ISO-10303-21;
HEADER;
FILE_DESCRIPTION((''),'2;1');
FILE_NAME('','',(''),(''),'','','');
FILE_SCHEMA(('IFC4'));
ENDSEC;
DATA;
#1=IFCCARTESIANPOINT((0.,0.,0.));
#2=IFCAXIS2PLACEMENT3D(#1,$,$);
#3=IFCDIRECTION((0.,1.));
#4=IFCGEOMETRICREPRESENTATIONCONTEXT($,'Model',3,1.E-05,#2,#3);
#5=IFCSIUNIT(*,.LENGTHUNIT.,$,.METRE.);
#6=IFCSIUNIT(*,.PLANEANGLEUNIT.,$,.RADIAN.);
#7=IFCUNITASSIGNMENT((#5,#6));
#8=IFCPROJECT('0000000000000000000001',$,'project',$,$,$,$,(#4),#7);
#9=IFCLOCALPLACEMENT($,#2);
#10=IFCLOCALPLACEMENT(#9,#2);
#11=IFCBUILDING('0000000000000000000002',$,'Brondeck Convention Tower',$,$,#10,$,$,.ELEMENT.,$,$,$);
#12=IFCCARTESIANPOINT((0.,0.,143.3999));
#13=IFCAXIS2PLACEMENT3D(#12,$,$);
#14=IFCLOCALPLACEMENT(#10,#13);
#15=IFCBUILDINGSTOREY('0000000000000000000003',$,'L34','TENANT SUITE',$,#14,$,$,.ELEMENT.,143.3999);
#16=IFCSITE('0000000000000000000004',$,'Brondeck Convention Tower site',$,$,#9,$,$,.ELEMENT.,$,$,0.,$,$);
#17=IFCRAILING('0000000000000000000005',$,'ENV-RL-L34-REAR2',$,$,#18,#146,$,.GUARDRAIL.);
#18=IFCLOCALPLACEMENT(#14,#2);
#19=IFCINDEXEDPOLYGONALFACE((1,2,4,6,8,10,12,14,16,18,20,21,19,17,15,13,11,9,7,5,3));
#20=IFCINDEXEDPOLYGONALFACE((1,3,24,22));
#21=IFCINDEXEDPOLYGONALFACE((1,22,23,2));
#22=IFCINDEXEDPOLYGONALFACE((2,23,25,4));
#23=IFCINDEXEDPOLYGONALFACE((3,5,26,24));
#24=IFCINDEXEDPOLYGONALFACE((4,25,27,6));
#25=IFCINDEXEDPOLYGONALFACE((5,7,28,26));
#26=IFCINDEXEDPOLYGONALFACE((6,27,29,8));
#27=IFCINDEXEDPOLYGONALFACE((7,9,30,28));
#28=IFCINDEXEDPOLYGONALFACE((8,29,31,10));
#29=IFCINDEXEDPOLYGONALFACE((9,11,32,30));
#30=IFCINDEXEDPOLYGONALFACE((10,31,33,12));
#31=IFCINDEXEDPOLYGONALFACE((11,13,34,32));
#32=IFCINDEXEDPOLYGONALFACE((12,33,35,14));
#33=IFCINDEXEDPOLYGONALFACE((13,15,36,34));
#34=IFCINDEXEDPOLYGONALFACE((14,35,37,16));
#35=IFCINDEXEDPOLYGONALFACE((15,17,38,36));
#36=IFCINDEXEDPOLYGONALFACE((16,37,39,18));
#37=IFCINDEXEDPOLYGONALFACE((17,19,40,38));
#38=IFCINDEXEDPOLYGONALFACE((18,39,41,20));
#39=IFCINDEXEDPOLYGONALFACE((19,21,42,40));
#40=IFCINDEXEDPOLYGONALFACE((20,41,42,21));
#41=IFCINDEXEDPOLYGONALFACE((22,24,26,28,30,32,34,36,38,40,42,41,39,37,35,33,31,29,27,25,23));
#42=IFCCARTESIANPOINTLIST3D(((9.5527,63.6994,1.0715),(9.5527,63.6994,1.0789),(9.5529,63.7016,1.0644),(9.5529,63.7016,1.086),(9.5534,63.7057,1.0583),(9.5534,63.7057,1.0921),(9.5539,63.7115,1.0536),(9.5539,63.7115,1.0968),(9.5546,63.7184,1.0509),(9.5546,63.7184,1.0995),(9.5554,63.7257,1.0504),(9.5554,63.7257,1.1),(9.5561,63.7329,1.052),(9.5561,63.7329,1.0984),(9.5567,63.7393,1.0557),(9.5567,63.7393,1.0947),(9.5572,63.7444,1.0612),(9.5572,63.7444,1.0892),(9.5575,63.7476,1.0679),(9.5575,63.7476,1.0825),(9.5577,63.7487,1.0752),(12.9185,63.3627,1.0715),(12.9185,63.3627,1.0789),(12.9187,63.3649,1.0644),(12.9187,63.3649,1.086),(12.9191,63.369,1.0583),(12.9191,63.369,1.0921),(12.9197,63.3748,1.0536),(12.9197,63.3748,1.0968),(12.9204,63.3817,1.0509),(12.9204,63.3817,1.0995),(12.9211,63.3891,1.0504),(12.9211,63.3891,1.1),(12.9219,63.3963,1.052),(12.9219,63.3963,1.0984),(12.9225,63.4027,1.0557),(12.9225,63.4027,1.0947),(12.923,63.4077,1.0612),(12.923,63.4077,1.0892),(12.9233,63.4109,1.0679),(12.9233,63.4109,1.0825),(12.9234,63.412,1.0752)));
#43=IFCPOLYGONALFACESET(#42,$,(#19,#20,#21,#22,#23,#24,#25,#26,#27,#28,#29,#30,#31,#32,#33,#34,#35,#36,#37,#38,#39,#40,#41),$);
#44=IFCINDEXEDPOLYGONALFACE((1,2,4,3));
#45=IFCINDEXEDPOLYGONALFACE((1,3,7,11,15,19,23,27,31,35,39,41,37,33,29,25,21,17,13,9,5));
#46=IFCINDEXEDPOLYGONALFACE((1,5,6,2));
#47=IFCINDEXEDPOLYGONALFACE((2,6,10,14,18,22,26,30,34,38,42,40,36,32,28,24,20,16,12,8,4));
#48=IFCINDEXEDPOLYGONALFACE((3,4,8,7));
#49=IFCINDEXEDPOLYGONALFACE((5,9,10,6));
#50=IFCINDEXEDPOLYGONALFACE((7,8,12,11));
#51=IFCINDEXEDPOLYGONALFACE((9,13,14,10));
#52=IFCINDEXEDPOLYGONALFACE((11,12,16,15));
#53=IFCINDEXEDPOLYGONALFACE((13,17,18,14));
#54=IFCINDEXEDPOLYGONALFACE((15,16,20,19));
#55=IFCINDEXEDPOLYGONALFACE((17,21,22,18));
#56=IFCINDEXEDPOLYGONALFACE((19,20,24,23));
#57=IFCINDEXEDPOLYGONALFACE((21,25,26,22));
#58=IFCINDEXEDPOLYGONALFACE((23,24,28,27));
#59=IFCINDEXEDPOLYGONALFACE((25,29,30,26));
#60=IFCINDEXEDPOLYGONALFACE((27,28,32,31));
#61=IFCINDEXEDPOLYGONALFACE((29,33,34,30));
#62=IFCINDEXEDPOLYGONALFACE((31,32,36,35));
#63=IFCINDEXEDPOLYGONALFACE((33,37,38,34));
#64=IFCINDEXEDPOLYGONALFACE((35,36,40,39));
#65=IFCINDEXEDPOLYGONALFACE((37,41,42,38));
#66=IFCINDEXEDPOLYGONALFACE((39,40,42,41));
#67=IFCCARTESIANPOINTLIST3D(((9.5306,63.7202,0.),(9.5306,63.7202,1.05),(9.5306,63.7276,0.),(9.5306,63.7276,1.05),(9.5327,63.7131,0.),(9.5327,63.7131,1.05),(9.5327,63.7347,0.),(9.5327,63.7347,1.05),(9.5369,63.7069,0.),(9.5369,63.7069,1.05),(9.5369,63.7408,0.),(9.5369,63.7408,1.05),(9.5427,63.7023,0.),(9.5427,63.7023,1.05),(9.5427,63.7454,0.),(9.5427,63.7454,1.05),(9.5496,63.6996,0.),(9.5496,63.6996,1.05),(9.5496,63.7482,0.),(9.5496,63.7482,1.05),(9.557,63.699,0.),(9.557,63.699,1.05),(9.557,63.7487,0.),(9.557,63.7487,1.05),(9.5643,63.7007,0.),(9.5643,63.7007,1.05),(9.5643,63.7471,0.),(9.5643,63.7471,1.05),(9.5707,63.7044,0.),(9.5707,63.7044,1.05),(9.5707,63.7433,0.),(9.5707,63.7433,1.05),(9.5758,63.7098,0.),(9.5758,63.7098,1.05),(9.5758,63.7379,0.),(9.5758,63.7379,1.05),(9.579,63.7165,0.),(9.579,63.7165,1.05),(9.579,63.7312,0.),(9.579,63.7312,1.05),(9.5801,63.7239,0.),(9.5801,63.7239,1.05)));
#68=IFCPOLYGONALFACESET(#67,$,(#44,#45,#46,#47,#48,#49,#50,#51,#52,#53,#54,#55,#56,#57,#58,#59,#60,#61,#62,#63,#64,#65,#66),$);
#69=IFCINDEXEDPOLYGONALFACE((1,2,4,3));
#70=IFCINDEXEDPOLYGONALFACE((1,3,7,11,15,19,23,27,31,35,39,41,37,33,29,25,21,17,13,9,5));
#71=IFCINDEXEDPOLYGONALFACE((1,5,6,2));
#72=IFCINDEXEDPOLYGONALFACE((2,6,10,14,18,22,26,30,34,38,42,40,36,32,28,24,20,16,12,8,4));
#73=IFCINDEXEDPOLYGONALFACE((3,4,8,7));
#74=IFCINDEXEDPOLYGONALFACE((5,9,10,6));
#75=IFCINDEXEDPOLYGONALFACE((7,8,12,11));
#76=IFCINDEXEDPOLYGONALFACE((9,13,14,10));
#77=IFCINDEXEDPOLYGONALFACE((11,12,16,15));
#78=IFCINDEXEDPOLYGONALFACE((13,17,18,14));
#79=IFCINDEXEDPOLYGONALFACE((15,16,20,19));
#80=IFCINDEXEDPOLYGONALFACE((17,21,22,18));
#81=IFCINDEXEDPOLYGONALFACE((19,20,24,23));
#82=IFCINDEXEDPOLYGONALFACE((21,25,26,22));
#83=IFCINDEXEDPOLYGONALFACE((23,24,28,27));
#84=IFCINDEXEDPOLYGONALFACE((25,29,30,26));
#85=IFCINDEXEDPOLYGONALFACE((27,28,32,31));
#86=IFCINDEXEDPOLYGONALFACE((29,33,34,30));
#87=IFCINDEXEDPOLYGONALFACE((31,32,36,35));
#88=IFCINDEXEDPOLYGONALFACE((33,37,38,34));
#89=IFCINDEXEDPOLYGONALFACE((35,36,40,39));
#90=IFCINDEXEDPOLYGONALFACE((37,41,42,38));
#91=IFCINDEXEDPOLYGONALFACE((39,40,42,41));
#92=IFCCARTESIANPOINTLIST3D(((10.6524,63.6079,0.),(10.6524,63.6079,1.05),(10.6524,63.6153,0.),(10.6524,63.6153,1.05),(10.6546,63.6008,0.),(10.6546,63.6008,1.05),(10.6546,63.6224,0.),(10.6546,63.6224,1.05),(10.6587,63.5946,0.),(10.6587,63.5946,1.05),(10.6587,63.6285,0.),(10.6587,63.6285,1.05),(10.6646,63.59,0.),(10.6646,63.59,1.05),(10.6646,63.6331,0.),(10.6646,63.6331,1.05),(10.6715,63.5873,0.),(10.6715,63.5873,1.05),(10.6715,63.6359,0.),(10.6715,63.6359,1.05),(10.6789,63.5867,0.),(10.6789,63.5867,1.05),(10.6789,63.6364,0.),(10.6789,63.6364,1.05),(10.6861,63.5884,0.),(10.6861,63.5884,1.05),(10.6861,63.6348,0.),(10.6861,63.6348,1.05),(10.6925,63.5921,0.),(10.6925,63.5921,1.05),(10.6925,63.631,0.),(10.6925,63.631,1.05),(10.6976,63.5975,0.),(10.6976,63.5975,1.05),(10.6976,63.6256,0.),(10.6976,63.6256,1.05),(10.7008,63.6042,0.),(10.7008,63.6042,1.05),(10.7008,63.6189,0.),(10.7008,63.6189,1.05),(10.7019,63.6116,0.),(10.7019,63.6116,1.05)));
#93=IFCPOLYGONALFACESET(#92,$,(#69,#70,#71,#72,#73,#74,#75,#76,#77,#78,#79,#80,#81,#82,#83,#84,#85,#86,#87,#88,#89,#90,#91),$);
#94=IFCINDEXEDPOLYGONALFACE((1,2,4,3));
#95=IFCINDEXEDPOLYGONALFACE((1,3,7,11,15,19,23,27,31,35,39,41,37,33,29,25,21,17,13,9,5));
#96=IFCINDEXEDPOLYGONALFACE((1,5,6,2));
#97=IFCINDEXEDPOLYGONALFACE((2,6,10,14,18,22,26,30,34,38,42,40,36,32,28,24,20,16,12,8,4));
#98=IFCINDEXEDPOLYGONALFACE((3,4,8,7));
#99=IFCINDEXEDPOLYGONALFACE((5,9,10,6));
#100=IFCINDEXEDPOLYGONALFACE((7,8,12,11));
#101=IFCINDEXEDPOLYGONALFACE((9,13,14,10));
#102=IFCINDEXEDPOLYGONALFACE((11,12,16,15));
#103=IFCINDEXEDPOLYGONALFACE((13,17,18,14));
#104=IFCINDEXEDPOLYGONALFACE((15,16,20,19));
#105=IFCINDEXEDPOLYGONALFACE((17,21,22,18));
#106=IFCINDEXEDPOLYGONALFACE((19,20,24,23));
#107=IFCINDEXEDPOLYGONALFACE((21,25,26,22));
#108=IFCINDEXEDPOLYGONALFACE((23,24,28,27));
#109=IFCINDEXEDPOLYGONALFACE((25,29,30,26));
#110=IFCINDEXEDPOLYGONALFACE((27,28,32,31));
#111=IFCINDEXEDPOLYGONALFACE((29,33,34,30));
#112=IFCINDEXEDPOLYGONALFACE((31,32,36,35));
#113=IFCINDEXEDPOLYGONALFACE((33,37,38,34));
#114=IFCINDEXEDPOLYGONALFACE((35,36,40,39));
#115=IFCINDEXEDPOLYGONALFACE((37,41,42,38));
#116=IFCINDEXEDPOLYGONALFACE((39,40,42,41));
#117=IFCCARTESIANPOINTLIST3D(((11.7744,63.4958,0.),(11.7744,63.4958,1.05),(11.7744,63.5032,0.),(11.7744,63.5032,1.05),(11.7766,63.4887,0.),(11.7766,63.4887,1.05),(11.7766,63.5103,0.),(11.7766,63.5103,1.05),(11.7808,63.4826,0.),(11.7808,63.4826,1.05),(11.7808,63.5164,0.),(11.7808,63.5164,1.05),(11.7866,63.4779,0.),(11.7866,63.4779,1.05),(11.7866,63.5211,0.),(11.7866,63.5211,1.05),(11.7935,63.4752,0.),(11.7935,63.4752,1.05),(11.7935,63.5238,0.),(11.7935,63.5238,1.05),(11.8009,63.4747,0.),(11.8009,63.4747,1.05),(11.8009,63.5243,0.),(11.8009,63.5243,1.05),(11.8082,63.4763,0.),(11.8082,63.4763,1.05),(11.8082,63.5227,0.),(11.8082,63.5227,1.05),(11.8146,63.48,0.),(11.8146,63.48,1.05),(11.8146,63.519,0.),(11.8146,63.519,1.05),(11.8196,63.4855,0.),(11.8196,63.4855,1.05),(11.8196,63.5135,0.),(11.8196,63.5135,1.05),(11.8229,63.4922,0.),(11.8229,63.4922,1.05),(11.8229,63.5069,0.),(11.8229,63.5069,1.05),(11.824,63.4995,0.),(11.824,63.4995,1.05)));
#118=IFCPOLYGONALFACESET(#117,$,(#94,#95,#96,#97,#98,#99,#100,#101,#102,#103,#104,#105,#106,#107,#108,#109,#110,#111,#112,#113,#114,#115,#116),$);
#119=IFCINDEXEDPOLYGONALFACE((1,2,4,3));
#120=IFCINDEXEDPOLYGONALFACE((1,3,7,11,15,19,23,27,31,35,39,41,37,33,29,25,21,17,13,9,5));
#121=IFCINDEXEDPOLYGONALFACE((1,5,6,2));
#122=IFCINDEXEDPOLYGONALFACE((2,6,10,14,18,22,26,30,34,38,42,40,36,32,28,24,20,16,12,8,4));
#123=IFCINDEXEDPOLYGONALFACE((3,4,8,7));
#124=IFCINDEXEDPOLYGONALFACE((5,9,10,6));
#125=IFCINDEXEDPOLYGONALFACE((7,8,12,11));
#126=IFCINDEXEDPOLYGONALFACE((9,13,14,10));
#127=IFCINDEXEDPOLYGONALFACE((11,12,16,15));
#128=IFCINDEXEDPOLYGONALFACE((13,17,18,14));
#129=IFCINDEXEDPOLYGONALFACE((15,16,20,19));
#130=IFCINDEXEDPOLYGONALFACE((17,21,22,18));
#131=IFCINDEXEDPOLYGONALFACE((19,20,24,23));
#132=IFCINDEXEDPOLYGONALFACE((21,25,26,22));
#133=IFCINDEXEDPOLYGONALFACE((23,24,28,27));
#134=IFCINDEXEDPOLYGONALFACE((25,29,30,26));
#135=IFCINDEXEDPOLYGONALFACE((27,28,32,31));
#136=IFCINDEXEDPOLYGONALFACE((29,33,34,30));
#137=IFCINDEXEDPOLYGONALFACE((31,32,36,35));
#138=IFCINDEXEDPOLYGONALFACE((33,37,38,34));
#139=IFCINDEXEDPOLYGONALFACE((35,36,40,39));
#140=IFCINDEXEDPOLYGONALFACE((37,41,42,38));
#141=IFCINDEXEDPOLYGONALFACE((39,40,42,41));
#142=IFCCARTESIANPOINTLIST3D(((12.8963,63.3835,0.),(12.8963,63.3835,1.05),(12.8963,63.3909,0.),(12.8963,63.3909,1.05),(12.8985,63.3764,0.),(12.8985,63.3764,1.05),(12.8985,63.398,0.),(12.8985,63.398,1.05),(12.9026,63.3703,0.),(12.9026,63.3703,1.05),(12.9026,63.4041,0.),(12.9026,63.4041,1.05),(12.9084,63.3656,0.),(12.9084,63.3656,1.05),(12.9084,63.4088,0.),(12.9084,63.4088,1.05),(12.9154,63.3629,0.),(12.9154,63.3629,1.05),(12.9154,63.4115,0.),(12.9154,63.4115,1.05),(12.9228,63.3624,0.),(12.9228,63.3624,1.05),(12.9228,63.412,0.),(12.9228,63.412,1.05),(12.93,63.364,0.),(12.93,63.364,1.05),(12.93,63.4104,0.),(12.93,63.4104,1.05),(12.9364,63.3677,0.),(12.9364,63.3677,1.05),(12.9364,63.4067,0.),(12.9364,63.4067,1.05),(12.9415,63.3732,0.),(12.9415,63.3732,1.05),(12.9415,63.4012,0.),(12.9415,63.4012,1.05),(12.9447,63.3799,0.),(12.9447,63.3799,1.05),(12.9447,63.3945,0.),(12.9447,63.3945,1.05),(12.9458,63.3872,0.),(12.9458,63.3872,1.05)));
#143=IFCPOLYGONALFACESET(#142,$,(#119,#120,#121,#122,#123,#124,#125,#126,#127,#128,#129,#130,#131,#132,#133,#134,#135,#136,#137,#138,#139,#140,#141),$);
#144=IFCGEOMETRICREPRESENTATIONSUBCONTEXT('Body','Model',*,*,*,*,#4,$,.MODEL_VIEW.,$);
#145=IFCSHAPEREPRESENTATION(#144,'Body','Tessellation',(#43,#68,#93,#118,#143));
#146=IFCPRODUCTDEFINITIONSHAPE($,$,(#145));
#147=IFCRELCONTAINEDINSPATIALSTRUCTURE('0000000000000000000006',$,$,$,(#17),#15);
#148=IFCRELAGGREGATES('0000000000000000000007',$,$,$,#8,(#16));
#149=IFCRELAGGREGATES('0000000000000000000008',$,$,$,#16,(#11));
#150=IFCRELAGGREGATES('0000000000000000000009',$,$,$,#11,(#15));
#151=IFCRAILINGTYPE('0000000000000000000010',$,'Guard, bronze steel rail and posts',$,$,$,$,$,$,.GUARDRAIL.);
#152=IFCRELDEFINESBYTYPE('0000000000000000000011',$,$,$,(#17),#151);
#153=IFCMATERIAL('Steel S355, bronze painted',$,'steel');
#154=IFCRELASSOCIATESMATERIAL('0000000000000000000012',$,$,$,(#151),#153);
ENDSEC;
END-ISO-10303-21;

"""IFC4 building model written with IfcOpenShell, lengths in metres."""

from ifc_helpers import new_model, si_unit, direction, frame, origin, origin_2d, place, context, subcontext, project, spatial, circle, extrude, material, type_object, element, save


model = new_model("IFC4")

# Units and contexts
model_context = context("Model", 3, precision=1e-05, world=origin(), true_north=direction((0.0, 1.0)))
body_context = subcontext(model_context, "Body", "Model", "MODEL_VIEW")
ifc_project = project(units=[si_unit("LENGTHUNIT", "METRE"), si_unit("PLANEANGLEUNIT", "RADIAN")], contexts=[model_context])

# Site, building, storey
site_placement = place(None, origin())
site = spatial("IfcSite", under=ifc_project, at=site_placement, Name="Brondeck Convention Tower site", CompositionType="ELEMENT", RefElevation=0.0)
building_placement = place(site_placement, origin())
building = spatial("IfcBuilding", under=site, at=building_placement, Name="Brondeck Convention Tower", CompositionType="ELEMENT")
storey_placement = place(building_placement, frame((0.0, 0.0, 143.3999)))
storey = spatial("IfcBuildingStorey", under=building, at=storey_placement, Name="L34", Description="TENANT SUITE", CompositionType="ELEMENT", Elevation=143.3999)

# Railing
ifc_material_1 = material(Name="Steel S355, bronze painted", Category="steel")
railing_type_1 = type_object("IfcRailingType", Name="Guard, bronze steel rail and posts", PredefinedType="GUARDRAIL", material=ifc_material_1)
railing_1_placement = place(storey_placement, frame((9.5552, 63.7239, 0.0)))
element("IfcRailing", 1, at=railing_1_placement, inside=storey, type_object=railing_type_1, Name="ENV-RL-L34-REAR2", PredefinedType="GUARDRAIL", context=body_context, shape_type="SweptSolid", body=[
    extrude(circle(Radius=0.0249, at=origin_2d()), frame((0.0, 0.0, 1.0752), z_axis=(0.995034, -0.099532, 0.0), x_axis=(0.099532, 0.995034, 0.0)), (0.0, 0.0, 1.0), 3.3826),
    extrude(circle(Radius=0.0249, at=origin_2d()), origin(), (0.0, 0.0, 1.0), 1.05),
    extrude(circle(Radius=0.0249, at=origin_2d()), frame((1.1218, -0.1123, 0.0)), (0.0, 0.0, 1.0), 1.05),
    extrude(circle(Radius=0.0249, at=origin_2d()), frame((2.2439, -0.2244, 0.0)), (0.0, 0.0, 1.0), 1.05),
    extrude(circle(Radius=0.0249, at=origin_2d()), frame((3.3657, -0.3367, 0.0)), (0.0, 0.0, 1.0), 1.05),
])

save(model, "model.ifc")
